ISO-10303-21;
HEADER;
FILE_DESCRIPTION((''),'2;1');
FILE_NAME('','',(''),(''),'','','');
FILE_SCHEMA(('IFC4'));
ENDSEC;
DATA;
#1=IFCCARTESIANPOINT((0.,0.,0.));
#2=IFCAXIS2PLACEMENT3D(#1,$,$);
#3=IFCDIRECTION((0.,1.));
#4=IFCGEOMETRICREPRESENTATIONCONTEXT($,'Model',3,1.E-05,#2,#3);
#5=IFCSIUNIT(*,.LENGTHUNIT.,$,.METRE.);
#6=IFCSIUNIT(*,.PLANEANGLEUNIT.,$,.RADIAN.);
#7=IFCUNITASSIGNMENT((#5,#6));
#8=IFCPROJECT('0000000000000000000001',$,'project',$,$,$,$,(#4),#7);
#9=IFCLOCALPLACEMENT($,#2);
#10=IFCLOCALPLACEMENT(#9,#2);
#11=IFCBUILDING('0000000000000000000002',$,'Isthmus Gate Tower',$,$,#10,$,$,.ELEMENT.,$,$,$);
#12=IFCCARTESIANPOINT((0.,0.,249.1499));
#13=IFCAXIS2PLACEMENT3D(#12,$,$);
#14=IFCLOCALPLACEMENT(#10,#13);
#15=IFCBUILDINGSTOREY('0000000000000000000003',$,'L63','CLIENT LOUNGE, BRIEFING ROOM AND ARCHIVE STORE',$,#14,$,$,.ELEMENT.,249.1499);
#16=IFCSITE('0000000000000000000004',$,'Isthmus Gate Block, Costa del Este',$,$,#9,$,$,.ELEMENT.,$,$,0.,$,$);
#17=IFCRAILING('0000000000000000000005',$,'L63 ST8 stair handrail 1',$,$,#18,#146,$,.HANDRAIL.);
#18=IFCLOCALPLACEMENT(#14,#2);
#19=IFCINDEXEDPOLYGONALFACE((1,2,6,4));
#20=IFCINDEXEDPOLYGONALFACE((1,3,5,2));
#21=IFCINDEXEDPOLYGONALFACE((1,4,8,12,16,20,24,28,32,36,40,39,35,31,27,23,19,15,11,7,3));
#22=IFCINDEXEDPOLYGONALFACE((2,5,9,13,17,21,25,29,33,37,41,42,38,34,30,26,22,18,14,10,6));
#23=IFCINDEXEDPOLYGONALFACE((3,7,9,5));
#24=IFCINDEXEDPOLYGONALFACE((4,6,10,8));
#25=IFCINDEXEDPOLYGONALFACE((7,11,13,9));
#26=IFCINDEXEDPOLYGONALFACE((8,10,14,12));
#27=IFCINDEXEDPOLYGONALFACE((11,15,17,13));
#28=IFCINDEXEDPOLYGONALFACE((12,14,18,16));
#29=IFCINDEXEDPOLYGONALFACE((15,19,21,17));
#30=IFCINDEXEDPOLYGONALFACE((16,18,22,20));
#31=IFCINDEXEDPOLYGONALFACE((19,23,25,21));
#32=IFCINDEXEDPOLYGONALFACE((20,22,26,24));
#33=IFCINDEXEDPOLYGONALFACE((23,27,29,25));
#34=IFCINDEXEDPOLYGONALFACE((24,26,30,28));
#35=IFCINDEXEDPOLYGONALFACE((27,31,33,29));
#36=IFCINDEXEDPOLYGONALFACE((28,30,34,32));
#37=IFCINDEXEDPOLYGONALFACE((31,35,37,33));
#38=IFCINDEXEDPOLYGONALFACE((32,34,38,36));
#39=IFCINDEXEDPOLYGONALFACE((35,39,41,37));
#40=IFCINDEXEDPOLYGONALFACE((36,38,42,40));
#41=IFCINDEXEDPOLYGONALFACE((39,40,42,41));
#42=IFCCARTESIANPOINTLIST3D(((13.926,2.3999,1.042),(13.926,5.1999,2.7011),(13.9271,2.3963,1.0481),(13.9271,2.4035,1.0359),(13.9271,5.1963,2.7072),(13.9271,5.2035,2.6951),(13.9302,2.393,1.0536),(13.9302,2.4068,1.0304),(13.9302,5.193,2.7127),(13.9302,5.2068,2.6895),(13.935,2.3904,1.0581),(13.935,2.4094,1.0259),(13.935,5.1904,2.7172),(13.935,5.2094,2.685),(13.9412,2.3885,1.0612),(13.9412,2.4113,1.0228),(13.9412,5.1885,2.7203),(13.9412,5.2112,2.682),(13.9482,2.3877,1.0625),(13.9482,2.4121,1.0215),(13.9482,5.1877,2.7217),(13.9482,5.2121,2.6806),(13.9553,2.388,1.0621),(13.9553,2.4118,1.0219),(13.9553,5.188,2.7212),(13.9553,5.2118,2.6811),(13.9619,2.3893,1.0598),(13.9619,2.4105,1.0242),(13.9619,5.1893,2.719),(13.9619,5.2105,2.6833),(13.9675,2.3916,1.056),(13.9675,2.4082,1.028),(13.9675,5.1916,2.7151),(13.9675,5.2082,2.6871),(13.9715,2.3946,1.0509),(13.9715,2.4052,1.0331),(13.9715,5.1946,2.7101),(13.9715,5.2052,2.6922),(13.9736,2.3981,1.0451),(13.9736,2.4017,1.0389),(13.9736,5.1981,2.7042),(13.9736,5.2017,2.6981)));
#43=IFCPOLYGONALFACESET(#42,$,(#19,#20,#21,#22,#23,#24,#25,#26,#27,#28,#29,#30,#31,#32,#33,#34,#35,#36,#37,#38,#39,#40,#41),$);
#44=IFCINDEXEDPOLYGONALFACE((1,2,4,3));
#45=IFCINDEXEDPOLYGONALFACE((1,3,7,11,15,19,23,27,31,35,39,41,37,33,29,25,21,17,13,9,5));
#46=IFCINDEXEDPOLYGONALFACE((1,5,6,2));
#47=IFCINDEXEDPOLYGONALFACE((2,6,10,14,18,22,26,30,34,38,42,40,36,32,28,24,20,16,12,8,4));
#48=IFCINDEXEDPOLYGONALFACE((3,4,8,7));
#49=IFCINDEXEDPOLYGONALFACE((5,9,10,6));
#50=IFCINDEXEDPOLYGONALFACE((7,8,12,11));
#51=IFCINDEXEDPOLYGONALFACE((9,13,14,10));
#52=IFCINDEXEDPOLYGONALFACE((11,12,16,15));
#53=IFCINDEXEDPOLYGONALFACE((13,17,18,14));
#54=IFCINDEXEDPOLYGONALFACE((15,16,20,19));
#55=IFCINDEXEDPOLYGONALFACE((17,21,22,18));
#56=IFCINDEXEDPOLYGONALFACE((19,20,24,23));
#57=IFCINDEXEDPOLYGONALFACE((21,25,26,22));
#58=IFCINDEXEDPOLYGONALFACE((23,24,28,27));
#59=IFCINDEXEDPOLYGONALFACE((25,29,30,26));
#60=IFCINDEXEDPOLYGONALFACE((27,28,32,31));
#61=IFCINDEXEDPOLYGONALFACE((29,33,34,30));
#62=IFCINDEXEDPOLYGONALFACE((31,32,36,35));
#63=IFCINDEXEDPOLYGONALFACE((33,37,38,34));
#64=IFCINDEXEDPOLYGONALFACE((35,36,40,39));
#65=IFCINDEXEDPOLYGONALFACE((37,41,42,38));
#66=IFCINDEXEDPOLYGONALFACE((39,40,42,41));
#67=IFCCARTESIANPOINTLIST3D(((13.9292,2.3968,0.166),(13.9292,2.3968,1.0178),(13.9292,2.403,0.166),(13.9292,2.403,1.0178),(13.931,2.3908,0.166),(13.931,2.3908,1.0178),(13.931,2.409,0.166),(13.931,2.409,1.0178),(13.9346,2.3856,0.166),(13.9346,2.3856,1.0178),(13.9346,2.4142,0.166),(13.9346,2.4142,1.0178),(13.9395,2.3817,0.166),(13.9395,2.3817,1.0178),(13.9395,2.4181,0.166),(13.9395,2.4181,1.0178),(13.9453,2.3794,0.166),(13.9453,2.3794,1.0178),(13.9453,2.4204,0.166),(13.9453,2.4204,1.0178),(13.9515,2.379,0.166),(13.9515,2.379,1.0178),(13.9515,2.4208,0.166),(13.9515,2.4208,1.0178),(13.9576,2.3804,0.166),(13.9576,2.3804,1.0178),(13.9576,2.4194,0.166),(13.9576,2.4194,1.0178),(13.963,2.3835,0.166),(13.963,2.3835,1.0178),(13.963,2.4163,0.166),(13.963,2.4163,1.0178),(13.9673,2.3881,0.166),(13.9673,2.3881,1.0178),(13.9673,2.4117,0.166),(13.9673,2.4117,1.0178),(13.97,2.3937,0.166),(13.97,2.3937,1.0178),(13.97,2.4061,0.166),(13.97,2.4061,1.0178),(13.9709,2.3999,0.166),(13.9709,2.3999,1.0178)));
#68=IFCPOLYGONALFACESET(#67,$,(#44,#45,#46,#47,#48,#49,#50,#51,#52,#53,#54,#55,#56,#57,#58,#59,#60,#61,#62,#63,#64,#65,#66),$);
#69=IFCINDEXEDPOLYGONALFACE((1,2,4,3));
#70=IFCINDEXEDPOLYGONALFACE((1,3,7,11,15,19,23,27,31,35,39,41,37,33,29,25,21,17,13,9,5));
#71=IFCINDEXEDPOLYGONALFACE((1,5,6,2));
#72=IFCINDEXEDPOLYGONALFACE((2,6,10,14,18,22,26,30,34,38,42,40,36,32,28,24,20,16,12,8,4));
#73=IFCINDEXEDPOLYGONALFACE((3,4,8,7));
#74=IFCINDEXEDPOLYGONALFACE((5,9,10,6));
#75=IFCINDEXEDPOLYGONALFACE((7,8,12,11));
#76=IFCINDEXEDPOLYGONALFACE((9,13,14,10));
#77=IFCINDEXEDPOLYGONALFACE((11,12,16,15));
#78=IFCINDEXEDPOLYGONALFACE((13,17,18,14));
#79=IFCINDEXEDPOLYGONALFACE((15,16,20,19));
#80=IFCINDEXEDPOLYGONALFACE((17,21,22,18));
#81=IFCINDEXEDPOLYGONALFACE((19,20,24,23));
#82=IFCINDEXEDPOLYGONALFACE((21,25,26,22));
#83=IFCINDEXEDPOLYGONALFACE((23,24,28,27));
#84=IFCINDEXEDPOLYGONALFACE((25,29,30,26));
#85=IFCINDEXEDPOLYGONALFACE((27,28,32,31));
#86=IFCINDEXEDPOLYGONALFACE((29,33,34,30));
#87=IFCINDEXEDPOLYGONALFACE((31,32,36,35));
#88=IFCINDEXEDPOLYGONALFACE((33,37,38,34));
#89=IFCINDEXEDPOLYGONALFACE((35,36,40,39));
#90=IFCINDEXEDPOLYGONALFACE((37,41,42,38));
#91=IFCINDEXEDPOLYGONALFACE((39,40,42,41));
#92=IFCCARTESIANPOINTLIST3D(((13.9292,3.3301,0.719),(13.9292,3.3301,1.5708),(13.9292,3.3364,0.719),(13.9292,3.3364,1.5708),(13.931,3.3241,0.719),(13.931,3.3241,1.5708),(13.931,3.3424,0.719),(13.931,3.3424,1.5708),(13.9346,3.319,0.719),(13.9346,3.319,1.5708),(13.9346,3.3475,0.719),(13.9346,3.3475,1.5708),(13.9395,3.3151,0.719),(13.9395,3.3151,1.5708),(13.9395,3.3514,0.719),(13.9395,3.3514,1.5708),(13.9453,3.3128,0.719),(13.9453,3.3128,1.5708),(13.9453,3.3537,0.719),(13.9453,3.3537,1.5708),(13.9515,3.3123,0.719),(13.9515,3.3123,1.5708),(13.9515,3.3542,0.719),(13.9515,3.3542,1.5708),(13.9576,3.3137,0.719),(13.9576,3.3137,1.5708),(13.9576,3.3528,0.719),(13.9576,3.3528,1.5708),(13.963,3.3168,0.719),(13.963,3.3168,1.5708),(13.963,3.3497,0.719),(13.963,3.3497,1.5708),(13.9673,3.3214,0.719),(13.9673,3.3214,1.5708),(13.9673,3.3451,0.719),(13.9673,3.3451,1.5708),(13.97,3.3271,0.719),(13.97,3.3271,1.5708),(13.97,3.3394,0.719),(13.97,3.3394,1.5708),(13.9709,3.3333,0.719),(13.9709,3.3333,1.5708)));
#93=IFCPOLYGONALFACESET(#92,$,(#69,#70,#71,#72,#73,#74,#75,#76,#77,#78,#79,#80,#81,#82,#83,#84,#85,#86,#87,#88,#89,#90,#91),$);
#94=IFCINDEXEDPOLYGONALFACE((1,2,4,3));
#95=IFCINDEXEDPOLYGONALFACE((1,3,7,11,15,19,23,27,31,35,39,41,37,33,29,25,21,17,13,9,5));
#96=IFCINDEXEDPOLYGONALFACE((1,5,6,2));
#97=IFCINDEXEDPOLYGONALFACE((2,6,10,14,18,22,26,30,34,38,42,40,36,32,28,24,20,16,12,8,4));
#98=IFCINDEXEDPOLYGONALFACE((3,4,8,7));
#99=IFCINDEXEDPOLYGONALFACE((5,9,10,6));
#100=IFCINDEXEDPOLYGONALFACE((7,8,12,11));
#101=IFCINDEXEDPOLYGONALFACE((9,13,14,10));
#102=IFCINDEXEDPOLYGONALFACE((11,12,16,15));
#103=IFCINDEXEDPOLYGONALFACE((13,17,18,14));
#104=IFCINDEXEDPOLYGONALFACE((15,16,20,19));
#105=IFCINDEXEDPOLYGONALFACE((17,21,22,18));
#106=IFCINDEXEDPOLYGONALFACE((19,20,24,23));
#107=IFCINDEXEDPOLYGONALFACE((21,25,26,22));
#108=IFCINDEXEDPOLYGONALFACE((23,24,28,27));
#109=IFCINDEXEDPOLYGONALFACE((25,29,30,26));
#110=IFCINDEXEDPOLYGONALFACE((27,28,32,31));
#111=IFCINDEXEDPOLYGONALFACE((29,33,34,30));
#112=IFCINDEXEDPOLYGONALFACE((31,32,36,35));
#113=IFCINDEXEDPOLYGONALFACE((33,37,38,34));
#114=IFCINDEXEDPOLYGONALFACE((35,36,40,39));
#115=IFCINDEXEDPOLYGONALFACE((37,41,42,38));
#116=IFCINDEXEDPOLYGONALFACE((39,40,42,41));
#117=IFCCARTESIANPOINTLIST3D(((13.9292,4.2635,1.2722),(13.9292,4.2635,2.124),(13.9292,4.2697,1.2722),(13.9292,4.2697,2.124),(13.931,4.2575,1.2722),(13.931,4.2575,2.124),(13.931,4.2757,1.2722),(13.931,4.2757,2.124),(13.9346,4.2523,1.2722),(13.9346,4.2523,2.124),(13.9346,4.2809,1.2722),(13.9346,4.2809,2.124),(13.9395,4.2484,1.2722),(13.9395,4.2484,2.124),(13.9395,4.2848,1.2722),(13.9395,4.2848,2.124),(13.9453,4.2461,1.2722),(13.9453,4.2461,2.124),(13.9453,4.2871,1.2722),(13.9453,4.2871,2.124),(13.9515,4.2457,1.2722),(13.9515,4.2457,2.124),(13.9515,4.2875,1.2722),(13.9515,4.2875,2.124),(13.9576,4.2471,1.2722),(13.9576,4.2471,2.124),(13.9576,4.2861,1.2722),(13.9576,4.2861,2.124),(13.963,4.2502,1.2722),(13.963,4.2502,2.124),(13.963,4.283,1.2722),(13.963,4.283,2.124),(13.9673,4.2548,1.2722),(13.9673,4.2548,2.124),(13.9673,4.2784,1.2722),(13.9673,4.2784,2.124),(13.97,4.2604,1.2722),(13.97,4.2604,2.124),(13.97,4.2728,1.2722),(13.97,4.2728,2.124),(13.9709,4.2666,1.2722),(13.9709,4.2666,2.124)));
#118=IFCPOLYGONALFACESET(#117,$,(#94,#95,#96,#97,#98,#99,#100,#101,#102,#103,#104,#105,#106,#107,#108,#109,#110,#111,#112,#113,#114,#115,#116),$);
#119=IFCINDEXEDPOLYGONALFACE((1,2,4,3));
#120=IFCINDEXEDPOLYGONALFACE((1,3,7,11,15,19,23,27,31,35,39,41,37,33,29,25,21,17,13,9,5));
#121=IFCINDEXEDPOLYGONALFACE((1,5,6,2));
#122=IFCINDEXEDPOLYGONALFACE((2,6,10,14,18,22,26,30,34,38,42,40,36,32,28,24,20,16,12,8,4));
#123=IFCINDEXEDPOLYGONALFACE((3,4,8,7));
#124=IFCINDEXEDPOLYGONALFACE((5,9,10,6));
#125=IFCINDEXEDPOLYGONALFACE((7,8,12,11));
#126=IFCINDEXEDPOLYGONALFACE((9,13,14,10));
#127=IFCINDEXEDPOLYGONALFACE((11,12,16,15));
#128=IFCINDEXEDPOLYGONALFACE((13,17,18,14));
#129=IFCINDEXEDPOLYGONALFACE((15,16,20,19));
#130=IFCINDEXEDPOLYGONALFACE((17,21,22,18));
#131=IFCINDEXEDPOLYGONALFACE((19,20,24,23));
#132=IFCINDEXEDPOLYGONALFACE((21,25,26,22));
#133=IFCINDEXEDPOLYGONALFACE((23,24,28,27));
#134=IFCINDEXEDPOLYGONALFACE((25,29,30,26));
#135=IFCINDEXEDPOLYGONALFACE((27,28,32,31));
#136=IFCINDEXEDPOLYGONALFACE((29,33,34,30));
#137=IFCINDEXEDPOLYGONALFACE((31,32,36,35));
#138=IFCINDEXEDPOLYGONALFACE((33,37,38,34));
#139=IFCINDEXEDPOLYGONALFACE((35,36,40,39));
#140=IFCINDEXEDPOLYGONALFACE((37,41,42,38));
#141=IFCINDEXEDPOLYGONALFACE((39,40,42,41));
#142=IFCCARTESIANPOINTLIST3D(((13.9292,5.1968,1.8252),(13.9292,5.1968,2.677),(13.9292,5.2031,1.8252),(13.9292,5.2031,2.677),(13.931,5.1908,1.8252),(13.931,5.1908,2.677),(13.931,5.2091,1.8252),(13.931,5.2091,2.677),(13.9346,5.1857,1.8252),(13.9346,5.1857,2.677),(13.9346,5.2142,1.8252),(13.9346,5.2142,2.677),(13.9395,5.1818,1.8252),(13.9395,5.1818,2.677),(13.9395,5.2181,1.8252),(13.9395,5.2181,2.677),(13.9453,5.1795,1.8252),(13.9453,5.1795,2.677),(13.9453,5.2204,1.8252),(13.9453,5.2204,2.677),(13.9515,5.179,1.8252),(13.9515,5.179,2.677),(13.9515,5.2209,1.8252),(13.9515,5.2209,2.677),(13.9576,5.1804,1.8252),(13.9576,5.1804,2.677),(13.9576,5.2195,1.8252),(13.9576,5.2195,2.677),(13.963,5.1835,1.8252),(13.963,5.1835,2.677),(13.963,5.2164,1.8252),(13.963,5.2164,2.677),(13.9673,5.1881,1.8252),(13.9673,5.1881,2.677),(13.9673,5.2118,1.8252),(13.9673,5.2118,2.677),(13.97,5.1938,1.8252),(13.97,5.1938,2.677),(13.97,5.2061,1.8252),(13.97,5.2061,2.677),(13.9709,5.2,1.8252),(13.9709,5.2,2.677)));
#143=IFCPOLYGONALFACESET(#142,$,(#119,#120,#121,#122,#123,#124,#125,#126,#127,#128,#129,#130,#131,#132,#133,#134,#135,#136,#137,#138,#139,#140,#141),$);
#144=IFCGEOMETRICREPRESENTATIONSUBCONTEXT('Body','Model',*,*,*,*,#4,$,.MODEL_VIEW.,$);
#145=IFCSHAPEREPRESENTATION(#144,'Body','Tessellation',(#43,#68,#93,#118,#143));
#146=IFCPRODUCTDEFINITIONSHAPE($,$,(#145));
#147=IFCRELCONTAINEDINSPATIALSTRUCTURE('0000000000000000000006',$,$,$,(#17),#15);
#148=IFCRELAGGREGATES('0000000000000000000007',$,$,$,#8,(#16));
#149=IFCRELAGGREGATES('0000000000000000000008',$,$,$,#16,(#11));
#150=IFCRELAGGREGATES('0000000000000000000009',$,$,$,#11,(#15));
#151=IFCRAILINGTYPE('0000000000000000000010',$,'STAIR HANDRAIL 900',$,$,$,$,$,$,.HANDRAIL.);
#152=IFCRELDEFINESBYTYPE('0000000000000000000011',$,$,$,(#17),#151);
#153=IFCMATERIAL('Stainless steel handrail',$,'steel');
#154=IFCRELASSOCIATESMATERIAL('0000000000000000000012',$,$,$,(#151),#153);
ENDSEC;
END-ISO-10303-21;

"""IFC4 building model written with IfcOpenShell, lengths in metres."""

from ifc_helpers import new_model, si_unit, direction, frame, origin, origin_2d, place, context, subcontext, project, spatial, circle, extrude, material, type_object, element, save


model = new_model("IFC4")

# Units and contexts
model_context = context("Model", 3, precision=1e-05, world=origin(), true_north=direction((0.0, 1.0)))
body_context = subcontext(model_context, "Body", "Model", "MODEL_VIEW")
ifc_project = project(units=[si_unit("LENGTHUNIT", "METRE"), si_unit("PLANEANGLEUNIT", "RADIAN")], contexts=[model_context])

# Site, building, storey
site_placement = place(None, origin())
site = spatial("IfcSite", under=ifc_project, at=site_placement, Name="Isthmus Gate Block, Costa del Este", CompositionType="ELEMENT", RefElevation=0.0)
building_placement = place(site_placement, origin())
building = spatial("IfcBuilding", under=site, at=building_placement, Name="Isthmus Gate Tower", CompositionType="ELEMENT")
storey_placement = place(building_placement, frame((0.0, 0.0, 249.1499)))
storey = spatial("IfcBuildingStorey", under=building, at=storey_placement, Name="L63", Description="CLIENT LOUNGE, BRIEFING ROOM AND ARCHIVE STORE", CompositionType="ELEMENT", Elevation=249.1499)

# Railing
ifc_material_1 = material(Name="Stainless steel handrail", Category="steel")
railing_type_1 = type_object("IfcRailingType", Name="STAIR HANDRAIL 900", PredefinedType="HANDRAIL", material=ifc_material_1)
railing_1_placement = place(storey_placement, frame((13.95, 2.3999, 0.166)))
element("IfcRailing", 1, at=railing_1_placement, inside=storey, type_object=railing_type_1, Name="L63 ST8 stair handrail 1", PredefinedType="HANDRAIL", context=body_context, shape_type="SweptSolid", body=[
    extrude(circle(Radius=0.0239, at=origin_2d()), frame((0.0, 0.0, 0.876), z_axis=(0.0, 0.860306, 0.509778), x_axis=(-1.0, 0.0, 0.0)), (0.0, 0.0, 1.0), 3.2546),
    extrude(circle(Radius=0.021, at=origin_2d()), origin(), (0.0, 0.0, 1.0), 0.8518),
    extrude(circle(Radius=0.021, at=origin_2d()), frame((0.0, 0.9333, 0.553)), (0.0, 0.0, 1.0), 0.8518),
    extrude(circle(Radius=0.021, at=origin_2d()), frame((0.0, 1.8667, 1.1062)), (0.0, 0.0, 1.0), 0.8518),
    extrude(circle(Radius=0.021, at=origin_2d()), frame((0.0, 2.8, 1.6592)), (0.0, 0.0, 1.0), 0.8518),
])

save(model, "model.ifc")
